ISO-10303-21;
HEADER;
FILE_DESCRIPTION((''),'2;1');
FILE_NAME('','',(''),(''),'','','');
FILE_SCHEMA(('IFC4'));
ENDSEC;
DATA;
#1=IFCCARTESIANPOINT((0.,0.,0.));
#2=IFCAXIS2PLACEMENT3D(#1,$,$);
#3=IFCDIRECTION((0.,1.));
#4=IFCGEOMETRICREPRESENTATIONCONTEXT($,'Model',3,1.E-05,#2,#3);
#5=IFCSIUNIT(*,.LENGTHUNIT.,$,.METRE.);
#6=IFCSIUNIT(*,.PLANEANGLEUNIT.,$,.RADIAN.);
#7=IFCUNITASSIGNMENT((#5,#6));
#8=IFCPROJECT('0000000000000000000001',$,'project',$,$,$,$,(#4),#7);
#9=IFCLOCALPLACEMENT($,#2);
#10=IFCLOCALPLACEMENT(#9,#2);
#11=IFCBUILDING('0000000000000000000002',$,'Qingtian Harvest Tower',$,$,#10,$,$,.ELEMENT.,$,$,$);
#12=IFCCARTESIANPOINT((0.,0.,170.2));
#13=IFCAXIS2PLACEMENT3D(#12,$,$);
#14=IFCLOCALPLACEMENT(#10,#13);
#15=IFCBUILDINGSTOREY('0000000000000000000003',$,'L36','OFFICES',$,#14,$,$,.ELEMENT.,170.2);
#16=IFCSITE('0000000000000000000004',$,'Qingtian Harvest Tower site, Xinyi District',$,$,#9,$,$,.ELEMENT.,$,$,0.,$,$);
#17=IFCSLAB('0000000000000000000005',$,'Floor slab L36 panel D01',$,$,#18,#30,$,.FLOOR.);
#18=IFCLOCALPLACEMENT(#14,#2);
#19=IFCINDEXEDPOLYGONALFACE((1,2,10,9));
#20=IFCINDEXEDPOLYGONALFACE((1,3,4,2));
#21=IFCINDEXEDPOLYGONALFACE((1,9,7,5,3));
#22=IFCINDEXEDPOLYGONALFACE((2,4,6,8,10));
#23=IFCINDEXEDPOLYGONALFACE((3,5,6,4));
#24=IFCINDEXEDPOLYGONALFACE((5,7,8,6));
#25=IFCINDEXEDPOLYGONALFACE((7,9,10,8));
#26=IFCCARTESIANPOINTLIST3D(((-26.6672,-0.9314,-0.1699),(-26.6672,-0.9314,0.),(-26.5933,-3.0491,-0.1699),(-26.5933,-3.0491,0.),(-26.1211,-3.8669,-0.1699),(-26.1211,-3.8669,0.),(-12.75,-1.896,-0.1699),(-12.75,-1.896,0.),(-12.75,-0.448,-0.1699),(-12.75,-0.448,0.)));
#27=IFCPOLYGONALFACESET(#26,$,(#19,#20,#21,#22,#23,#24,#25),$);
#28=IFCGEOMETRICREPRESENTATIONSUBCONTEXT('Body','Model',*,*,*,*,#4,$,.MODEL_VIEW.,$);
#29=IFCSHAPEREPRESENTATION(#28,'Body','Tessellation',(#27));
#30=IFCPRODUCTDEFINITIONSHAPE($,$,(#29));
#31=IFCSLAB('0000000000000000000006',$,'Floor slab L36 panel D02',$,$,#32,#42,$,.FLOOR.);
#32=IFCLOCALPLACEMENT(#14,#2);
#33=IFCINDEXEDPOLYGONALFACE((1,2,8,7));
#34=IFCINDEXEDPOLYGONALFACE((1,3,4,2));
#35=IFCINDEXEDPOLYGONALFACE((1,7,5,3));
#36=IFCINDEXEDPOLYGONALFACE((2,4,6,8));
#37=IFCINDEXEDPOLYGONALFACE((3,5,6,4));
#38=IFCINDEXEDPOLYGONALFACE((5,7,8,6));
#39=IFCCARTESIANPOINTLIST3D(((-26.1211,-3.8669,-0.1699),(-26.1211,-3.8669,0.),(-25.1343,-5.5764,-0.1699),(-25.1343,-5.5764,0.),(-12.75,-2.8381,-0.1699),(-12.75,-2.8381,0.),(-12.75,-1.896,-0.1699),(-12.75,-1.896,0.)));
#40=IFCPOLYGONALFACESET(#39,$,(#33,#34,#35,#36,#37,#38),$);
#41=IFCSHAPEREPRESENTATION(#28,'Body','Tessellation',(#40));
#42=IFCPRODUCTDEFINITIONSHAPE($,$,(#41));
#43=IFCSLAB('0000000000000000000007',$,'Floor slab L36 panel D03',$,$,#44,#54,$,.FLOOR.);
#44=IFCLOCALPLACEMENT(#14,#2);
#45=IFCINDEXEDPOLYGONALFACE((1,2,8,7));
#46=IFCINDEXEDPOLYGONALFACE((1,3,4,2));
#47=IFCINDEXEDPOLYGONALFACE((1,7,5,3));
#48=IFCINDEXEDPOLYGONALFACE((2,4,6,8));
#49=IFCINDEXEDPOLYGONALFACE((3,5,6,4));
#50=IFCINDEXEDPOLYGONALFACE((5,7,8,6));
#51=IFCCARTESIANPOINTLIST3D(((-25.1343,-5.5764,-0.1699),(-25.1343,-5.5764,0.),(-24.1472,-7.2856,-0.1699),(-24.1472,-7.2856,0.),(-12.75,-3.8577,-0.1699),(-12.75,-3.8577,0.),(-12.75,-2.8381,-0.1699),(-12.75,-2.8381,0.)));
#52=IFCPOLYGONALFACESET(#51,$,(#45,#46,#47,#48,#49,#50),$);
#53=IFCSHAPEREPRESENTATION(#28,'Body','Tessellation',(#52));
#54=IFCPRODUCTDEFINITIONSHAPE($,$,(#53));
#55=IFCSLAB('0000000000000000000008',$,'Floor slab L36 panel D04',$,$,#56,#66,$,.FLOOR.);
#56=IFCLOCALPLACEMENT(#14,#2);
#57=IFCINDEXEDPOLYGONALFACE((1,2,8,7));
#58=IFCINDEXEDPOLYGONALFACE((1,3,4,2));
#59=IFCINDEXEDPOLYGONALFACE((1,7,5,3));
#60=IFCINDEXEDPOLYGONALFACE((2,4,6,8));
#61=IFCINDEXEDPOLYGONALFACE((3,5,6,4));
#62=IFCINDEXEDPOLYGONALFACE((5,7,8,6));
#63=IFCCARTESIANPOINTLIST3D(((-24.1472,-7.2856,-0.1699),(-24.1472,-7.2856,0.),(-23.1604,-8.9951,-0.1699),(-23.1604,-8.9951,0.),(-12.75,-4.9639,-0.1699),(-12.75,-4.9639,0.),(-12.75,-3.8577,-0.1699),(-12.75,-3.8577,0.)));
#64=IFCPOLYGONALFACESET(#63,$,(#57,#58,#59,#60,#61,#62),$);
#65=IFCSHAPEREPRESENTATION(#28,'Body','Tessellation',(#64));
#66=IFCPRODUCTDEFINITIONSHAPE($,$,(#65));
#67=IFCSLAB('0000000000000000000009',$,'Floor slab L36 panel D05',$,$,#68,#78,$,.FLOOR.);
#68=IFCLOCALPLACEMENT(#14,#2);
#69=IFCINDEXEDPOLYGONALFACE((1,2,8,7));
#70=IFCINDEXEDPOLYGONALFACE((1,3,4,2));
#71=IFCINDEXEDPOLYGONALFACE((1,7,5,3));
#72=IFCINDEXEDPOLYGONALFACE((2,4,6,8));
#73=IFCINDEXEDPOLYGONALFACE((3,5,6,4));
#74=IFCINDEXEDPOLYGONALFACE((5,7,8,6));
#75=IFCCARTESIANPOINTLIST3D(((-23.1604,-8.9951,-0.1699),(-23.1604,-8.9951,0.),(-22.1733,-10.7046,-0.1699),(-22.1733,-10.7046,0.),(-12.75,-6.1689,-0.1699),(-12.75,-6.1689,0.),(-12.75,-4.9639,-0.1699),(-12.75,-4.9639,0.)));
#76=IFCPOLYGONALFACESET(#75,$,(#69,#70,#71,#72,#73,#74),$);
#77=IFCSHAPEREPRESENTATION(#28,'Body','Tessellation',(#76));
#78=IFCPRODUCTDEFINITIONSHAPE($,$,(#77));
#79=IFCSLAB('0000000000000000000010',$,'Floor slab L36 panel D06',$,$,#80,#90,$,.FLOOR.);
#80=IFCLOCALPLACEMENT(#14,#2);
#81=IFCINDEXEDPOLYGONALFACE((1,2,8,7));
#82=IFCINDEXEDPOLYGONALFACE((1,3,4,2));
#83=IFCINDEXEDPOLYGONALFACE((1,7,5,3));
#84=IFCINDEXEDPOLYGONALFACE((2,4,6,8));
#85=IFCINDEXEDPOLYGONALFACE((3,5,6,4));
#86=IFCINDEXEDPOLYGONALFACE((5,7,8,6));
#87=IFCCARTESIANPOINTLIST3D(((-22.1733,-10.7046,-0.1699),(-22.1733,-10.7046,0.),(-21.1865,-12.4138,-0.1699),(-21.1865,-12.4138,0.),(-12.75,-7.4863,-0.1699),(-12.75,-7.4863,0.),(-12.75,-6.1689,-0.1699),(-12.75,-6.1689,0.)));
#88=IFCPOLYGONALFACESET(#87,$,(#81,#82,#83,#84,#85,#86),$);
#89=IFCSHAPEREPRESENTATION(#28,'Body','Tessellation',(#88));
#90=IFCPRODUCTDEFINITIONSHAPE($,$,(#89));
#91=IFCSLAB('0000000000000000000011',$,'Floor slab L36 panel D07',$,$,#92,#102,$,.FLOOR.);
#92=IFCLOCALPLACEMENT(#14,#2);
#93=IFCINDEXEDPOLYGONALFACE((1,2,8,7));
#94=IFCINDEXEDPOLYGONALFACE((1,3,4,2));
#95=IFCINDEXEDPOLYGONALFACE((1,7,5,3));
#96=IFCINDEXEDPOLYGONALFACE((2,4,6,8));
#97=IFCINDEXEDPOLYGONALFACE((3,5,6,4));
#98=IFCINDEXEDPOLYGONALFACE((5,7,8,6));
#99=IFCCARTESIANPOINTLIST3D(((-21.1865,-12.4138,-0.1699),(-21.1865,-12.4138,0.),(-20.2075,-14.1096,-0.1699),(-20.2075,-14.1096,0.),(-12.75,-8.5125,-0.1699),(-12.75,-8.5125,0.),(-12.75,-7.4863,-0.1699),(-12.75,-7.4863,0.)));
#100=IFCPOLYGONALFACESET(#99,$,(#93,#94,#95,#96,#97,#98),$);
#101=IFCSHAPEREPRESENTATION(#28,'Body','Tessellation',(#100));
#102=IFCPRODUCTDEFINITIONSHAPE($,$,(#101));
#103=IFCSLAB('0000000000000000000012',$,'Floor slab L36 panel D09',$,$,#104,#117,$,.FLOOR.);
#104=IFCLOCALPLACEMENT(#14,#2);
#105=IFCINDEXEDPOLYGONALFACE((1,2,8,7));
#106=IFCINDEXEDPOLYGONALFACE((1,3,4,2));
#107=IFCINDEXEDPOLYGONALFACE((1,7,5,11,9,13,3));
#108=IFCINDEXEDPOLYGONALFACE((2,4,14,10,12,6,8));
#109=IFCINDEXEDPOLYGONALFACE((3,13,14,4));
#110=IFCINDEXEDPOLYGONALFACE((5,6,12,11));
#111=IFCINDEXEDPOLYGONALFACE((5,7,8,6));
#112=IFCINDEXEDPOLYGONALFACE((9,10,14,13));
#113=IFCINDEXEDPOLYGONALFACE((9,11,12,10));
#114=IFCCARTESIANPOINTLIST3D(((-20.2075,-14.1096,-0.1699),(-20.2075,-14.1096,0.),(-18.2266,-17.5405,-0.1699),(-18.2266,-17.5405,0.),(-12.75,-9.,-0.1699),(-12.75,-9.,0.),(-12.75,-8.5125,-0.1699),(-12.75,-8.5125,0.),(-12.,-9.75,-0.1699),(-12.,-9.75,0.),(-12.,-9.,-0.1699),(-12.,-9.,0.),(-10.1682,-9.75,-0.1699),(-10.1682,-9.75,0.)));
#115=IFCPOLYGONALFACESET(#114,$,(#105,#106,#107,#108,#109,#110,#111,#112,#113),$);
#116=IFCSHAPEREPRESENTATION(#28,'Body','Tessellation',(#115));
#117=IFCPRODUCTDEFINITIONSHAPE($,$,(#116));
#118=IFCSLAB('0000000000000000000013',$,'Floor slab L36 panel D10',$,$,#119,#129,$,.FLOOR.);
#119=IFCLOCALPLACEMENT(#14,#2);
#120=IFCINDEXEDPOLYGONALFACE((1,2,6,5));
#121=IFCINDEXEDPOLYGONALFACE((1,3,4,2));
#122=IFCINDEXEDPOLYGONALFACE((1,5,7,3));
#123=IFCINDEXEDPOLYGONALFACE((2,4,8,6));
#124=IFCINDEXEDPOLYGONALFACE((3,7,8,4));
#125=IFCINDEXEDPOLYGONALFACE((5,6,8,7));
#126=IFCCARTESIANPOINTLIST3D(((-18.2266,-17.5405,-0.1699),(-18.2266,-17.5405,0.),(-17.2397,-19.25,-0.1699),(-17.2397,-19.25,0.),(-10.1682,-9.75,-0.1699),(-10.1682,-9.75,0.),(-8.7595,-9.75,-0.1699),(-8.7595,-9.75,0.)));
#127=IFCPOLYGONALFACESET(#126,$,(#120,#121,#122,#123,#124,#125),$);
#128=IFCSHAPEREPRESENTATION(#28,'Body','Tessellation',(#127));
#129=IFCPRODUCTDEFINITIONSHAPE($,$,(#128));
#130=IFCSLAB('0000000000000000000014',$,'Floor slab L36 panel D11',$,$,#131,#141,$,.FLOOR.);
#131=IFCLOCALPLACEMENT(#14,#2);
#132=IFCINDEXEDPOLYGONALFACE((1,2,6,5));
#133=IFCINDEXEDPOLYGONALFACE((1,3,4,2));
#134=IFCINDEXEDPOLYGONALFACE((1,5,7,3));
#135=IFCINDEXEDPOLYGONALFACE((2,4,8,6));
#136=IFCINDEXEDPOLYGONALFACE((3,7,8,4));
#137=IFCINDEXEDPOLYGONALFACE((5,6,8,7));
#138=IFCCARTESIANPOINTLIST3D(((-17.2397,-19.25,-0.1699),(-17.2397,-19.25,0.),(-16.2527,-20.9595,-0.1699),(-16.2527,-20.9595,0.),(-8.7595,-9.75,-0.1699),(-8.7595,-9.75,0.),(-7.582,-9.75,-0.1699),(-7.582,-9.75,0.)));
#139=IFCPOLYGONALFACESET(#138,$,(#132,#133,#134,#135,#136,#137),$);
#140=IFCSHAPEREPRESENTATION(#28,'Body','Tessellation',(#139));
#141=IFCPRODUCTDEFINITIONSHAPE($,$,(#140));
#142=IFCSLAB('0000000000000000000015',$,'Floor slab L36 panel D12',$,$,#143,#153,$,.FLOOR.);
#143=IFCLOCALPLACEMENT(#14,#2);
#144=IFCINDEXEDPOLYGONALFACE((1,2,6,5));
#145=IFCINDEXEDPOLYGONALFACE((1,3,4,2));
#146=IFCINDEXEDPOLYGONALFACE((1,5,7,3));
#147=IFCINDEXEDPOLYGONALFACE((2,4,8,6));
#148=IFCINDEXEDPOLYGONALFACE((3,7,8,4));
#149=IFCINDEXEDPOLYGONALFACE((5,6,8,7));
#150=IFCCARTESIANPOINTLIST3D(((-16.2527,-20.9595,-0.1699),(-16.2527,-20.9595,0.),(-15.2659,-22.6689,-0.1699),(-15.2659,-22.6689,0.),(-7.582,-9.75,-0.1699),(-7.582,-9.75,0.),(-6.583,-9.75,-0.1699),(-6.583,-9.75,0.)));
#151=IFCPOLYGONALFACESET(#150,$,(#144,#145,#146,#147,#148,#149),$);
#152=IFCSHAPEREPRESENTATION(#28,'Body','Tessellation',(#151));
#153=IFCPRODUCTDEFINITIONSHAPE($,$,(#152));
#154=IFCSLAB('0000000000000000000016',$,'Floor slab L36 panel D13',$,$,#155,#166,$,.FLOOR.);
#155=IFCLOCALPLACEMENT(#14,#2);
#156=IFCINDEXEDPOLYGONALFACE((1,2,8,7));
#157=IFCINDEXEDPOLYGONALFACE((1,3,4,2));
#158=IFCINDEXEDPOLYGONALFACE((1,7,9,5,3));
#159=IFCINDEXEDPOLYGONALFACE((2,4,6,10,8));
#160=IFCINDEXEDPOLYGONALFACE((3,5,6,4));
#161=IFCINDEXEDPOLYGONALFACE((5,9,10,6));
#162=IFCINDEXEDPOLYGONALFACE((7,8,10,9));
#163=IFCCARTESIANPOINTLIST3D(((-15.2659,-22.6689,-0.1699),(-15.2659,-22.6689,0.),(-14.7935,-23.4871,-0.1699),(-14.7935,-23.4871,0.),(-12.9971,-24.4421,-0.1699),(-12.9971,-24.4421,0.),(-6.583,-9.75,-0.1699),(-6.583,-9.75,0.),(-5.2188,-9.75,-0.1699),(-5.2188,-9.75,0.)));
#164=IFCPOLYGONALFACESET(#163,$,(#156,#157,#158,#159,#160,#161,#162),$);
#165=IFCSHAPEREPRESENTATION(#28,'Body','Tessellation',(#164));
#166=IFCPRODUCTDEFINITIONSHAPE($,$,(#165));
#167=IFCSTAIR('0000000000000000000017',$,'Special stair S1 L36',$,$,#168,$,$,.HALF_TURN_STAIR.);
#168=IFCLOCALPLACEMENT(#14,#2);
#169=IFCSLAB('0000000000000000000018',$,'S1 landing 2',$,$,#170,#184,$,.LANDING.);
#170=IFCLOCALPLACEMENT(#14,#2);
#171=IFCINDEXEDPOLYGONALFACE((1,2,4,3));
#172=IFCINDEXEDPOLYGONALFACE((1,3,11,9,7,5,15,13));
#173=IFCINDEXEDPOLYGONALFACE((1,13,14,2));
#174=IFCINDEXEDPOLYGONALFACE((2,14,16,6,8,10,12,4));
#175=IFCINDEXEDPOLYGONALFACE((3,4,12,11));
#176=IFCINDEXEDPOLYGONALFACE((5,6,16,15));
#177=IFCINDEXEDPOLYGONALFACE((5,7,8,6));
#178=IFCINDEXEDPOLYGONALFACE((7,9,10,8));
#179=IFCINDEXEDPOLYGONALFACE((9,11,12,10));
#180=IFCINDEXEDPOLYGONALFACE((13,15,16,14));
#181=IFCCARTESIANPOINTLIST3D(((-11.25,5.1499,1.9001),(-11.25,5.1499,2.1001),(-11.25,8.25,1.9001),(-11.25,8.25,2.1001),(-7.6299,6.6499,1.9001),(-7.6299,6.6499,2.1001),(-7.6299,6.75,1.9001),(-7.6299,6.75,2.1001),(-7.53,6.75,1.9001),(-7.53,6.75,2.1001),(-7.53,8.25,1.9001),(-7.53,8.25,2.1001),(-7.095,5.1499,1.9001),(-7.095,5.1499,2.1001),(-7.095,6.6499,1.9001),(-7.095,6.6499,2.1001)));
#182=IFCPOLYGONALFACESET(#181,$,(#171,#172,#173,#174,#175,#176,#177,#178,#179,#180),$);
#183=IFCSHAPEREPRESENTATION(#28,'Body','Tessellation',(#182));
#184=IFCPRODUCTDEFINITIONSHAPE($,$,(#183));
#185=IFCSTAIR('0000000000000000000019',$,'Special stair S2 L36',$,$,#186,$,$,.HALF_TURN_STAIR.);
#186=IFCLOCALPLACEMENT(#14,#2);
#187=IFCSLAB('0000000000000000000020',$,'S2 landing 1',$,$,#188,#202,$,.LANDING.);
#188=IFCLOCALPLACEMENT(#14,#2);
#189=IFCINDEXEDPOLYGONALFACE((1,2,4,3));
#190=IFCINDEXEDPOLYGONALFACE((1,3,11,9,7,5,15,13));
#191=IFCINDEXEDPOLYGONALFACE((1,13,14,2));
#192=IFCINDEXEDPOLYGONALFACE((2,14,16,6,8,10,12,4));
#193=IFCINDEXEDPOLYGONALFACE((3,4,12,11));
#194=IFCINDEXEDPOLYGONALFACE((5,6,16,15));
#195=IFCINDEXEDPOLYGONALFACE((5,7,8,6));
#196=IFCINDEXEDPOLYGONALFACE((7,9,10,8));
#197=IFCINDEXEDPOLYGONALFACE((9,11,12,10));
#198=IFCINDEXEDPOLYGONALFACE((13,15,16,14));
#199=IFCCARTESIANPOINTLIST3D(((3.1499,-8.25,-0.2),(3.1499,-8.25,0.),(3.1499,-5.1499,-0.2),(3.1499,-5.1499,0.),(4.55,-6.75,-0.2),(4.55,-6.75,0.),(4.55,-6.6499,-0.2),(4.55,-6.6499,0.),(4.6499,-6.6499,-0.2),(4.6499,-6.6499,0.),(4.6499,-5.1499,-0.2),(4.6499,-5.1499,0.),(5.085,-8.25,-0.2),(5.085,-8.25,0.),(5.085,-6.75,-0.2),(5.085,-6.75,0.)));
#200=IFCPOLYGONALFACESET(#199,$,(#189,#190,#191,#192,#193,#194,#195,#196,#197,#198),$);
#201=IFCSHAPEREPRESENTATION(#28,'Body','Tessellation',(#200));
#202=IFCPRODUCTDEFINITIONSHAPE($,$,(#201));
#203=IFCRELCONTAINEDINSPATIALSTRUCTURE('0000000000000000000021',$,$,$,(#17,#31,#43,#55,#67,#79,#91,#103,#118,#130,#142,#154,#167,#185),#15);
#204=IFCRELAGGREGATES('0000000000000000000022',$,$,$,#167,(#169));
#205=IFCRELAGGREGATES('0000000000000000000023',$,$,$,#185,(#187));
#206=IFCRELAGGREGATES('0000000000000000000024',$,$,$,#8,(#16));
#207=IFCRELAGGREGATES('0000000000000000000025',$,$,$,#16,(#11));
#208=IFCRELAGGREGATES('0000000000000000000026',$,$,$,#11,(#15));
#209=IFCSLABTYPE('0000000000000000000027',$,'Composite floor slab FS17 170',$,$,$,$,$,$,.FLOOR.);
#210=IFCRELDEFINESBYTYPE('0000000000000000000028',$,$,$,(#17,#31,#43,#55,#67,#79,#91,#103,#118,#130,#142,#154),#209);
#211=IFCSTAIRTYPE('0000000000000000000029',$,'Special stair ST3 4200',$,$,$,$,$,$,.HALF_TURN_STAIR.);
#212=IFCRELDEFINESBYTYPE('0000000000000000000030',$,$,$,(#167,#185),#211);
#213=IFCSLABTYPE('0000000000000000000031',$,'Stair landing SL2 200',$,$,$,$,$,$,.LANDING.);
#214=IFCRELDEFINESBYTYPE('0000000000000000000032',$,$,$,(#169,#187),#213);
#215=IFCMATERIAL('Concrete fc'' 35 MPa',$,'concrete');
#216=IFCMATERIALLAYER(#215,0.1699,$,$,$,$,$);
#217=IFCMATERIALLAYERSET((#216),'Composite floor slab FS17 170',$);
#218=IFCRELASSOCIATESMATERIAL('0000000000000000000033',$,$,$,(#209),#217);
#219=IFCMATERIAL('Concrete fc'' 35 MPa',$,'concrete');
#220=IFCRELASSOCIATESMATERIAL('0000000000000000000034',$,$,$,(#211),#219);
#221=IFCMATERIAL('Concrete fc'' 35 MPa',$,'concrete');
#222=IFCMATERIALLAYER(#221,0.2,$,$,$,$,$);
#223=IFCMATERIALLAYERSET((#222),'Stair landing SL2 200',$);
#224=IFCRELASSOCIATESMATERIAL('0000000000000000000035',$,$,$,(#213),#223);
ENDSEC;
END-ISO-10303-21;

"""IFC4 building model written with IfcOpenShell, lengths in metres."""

from ifc_helpers import new_model, si_unit, direction, frame, origin, place, context, subcontext, project, spatial, polyline, outline, extrude, material, layer, layer_set, type_object, element, aggregate, save


model = new_model("IFC4")

# Units and contexts
model_context = context("Model", 3, precision=1e-05, world=origin(), true_north=direction((0.0, 1.0)))
body_context = subcontext(model_context, "Body", "Model", "MODEL_VIEW")
ifc_project = project(units=[si_unit("LENGTHUNIT", "METRE"), si_unit("PLANEANGLEUNIT", "RADIAN")], contexts=[model_context])

# Site, building, storey
site_placement = place(None, origin())
site = spatial("IfcSite", under=ifc_project, at=site_placement, Name="Qingtian Harvest Tower site, Xinyi District", CompositionType="ELEMENT", RefElevation=0.0)
building_placement = place(site_placement, origin())
building = spatial("IfcBuilding", under=site, at=building_placement, Name="Qingtian Harvest Tower", CompositionType="ELEMENT")
storey_placement = place(building_placement, frame((0.0, 0.0, 170.2)))
storey = spatial("IfcBuildingStorey", under=building, at=storey_placement, Name="L36", Description="OFFICES", CompositionType="ELEMENT", Elevation=170.2)

# Slabs
ifc_material_1 = material(Name="Concrete fc' 35 MPa", Category="concrete")
ifc_layer_1 = layer(ifc_material_1, 0.1699)
ifc_layer_set_1 = layer_set([ifc_layer_1], Name="Composite floor slab FS17 170")
slab_type_1 = type_object("IfcSlabType", Name="Composite floor slab FS17 170", PredefinedType="FLOOR", material=ifc_layer_set_1)
slab_1_placement = place(storey_placement, frame((0.0, 0.0, -0.1699)))
element("IfcSlab", 1, at=slab_1_placement, inside=storey, type_object=slab_type_1, Name="Floor slab L36 panel D01", PredefinedType="FLOOR", context=body_context, shape_type="SweptSolid", body=[
    extrude(outline(polyline([(-26.6672, -0.9314), (-12.75, -0.448), (-12.75, -1.896), (-26.1211, -3.8669), (-26.5933, -3.0491), (-26.6672, -0.9314)])), origin(), (0.0, 0.0, 1.0), 0.1699),
])
slab_2_placement = place(storey_placement, frame((0.0, 0.0, -0.1699)))
element("IfcSlab", 2, at=slab_2_placement, inside=storey, type_object=slab_type_1, Name="Floor slab L36 panel D02", PredefinedType="FLOOR", context=body_context, shape_type="SweptSolid", body=[
    extrude(outline(polyline([(-12.75, -2.8381), (-25.1343, -5.5764), (-26.1211, -3.8669), (-12.75, -1.896), (-12.75, -2.8381)])), origin(), (0.0, 0.0, 1.0), 0.1699),
])
slab_3_placement = place(storey_placement, frame((0.0, 0.0, -0.1699)))
element("IfcSlab", 3, at=slab_3_placement, inside=storey, type_object=slab_type_1, Name="Floor slab L36 panel D03", PredefinedType="FLOOR", context=body_context, shape_type="SweptSolid", body=[
    extrude(outline(polyline([(-12.75, -3.8577), (-24.1472, -7.2856), (-25.1343, -5.5764), (-12.75, -2.8381), (-12.75, -3.8577)])), origin(), (0.0, 0.0, 1.0), 0.1699),
])
slab_4_placement = place(storey_placement, frame((0.0, 0.0, -0.1699)))
element("IfcSlab", 4, at=slab_4_placement, inside=storey, type_object=slab_type_1, Name="Floor slab L36 panel D04", PredefinedType="FLOOR", context=body_context, shape_type="SweptSolid", body=[
    extrude(outline(polyline([(-12.75, -4.9639), (-23.1604, -8.9951), (-24.1472, -7.2856), (-12.75, -3.8577), (-12.75, -4.9639)])), origin(), (0.0, 0.0, 1.0), 0.1699),
])
slab_5_placement = place(storey_placement, frame((0.0, 0.0, -0.1699)))
element("IfcSlab", 5, at=slab_5_placement, inside=storey, type_object=slab_type_1, Name="Floor slab L36 panel D05", PredefinedType="FLOOR", context=body_context, shape_type="SweptSolid", body=[
    extrude(outline(polyline([(-12.75, -6.1689), (-22.1733, -10.7046), (-23.1604, -8.9951), (-12.75, -4.9639), (-12.75, -6.1689)])), origin(), (0.0, 0.0, 1.0), 0.1699),
])
slab_6_placement = place(storey_placement, frame((0.0, 0.0, -0.1699)))
element("IfcSlab", 6, at=slab_6_placement, inside=storey, type_object=slab_type_1, Name="Floor slab L36 panel D06", PredefinedType="FLOOR", context=body_context, shape_type="SweptSolid", body=[
    extrude(outline(polyline([(-12.75, -7.4863), (-21.1865, -12.4138), (-22.1733, -10.7046), (-12.75, -6.1689), (-12.75, -7.4863)])), origin(), (0.0, 0.0, 1.0), 0.1699),
])
slab_7_placement = place(storey_placement, frame((0.0, 0.0, -0.1699)))
element("IfcSlab", 7, at=slab_7_placement, inside=storey, type_object=slab_type_1, Name="Floor slab L36 panel D07", PredefinedType="FLOOR", context=body_context, shape_type="SweptSolid", body=[
    extrude(outline(polyline([(-12.75, -8.5125), (-20.2075, -14.1096), (-21.1865, -12.4138), (-12.75, -7.4863), (-12.75, -8.5125)])), origin(), (0.0, 0.0, 1.0), 0.1699),
])
slab_8_placement = place(storey_placement, frame((0.0, 0.0, -0.1699)))
element("IfcSlab", 8, at=slab_8_placement, inside=storey, type_object=slab_type_1, Name="Floor slab L36 panel D09", PredefinedType="FLOOR", context=body_context, shape_type="SweptSolid", body=[
    extrude(outline(polyline([(-18.2266, -17.5405), (-20.2075, -14.1096), (-12.75, -8.5125), (-12.75, -9.0), (-12.0, -9.0), (-12.0, -9.75), (-10.1682, -9.75), (-18.2266, -17.5405)])), origin(), (0.0, 0.0, 1.0), 0.1699),
])
slab_9_placement = place(storey_placement, frame((0.0, 0.0, -0.1699)))
element("IfcSlab", 9, at=slab_9_placement, inside=storey, type_object=slab_type_1, Name="Floor slab L36 panel D10", PredefinedType="FLOOR", context=body_context, shape_type="SweptSolid", body=[
    extrude(outline(polyline([(-8.7595, -9.75), (-17.2397, -19.25), (-18.2266, -17.5405), (-10.1682, -9.75), (-8.7595, -9.75)])), origin(), (0.0, 0.0, 1.0), 0.1699),
])
slab_10_placement = place(storey_placement, frame((0.0, 0.0, -0.1699)))
element("IfcSlab", 10, at=slab_10_placement, inside=storey, type_object=slab_type_1, Name="Floor slab L36 panel D11", PredefinedType="FLOOR", context=body_context, shape_type="SweptSolid", body=[
    extrude(outline(polyline([(-7.582, -9.75), (-16.2527, -20.9595), (-17.2397, -19.25), (-8.7595, -9.75), (-7.582, -9.75)])), origin(), (0.0, 0.0, 1.0), 0.1699),
])
slab_11_placement = place(storey_placement, frame((0.0, 0.0, -0.1699)))
element("IfcSlab", 11, at=slab_11_placement, inside=storey, type_object=slab_type_1, Name="Floor slab L36 panel D12", PredefinedType="FLOOR", context=body_context, shape_type="SweptSolid", body=[
    extrude(outline(polyline([(-6.583, -9.75), (-15.2659, -22.6689), (-16.2527, -20.9595), (-7.582, -9.75), (-6.583, -9.75)])), origin(), (0.0, 0.0, 1.0), 0.1699),
])
slab_12_placement = place(storey_placement, frame((0.0, 0.0, -0.1699)))
element("IfcSlab", 12, at=slab_12_placement, inside=storey, type_object=slab_type_1, Name="Floor slab L36 panel D13", PredefinedType="FLOOR", context=body_context, shape_type="SweptSolid", body=[
    extrude(outline(polyline([(-6.583, -9.75), (-5.2188, -9.75), (-12.9971, -24.4421), (-14.7935, -23.4871), (-15.2659, -22.6689), (-6.583, -9.75)])), origin(), (0.0, 0.0, 1.0), 0.1699),
])

# Stair, slab
ifc_material_2 = material(Name="Concrete fc' 35 MPa", Category="concrete")
stair_type = type_object("IfcStairType", Name="Special stair ST3 4200", PredefinedType="HALF_TURN_STAIR", material=ifc_material_2)
stair_1_placement = place(storey_placement, origin())
stair_1 = element("IfcStair", 13, at=stair_1_placement, inside=storey, type_object=stair_type, Name="Special stair S1 L36", PredefinedType="HALF_TURN_STAIR")
ifc_material_3 = material(Name="Concrete fc' 35 MPa", Category="concrete")
ifc_layer_2 = layer(ifc_material_3, 0.2)
ifc_layer_set_2 = layer_set([ifc_layer_2], Name="Stair landing SL2 200")
slab_type_2 = type_object("IfcSlabType", Name="Stair landing SL2 200", PredefinedType="LANDING", material=ifc_layer_set_2)
slab_13_placement = place(storey_placement, frame((0.0, 0.0, 1.9001)))
slab_13 = element("IfcSlab", 14, at=slab_13_placement, type_object=slab_type_2, Name="S1 landing 2", PredefinedType="LANDING", context=body_context, shape_type="SweptSolid", body=[
    extrude(outline(polyline([(-7.095, 5.1499), (-11.25, 5.1499), (-11.25, 8.25), (-7.53, 8.25), (-7.53, 6.75), (-7.6299, 6.75), (-7.6299, 6.6499), (-7.095, 6.6499), (-7.095, 5.1499)])), origin(), (0.0, 0.0, 1.0), 0.2),
])
aggregate(stair_1, [slab_13])

# Stair, slab
stair_2_placement = place(storey_placement, origin())
stair_2 = element("IfcStair", 15, at=stair_2_placement, inside=storey, type_object=stair_type, Name="Special stair S2 L36", PredefinedType="HALF_TURN_STAIR")
slab_14_placement = place(storey_placement, frame((0.0, 0.0, -0.2)))
slab_14 = element("IfcSlab", 16, at=slab_14_placement, type_object=slab_type_2, Name="S2 landing 1", PredefinedType="LANDING", context=body_context, shape_type="SweptSolid", body=[
    extrude(outline(polyline([(5.085, -8.25), (3.1499, -8.25), (3.1499, -5.1499), (4.6499, -5.1499), (4.6499, -6.6499), (4.55, -6.6499), (4.55, -6.75), (5.085, -6.75), (5.085, -8.25)])), origin(), (0.0, 0.0, 1.0), 0.2),
])
aggregate(stair_2, [slab_14])

save(model, "model.ifc")
